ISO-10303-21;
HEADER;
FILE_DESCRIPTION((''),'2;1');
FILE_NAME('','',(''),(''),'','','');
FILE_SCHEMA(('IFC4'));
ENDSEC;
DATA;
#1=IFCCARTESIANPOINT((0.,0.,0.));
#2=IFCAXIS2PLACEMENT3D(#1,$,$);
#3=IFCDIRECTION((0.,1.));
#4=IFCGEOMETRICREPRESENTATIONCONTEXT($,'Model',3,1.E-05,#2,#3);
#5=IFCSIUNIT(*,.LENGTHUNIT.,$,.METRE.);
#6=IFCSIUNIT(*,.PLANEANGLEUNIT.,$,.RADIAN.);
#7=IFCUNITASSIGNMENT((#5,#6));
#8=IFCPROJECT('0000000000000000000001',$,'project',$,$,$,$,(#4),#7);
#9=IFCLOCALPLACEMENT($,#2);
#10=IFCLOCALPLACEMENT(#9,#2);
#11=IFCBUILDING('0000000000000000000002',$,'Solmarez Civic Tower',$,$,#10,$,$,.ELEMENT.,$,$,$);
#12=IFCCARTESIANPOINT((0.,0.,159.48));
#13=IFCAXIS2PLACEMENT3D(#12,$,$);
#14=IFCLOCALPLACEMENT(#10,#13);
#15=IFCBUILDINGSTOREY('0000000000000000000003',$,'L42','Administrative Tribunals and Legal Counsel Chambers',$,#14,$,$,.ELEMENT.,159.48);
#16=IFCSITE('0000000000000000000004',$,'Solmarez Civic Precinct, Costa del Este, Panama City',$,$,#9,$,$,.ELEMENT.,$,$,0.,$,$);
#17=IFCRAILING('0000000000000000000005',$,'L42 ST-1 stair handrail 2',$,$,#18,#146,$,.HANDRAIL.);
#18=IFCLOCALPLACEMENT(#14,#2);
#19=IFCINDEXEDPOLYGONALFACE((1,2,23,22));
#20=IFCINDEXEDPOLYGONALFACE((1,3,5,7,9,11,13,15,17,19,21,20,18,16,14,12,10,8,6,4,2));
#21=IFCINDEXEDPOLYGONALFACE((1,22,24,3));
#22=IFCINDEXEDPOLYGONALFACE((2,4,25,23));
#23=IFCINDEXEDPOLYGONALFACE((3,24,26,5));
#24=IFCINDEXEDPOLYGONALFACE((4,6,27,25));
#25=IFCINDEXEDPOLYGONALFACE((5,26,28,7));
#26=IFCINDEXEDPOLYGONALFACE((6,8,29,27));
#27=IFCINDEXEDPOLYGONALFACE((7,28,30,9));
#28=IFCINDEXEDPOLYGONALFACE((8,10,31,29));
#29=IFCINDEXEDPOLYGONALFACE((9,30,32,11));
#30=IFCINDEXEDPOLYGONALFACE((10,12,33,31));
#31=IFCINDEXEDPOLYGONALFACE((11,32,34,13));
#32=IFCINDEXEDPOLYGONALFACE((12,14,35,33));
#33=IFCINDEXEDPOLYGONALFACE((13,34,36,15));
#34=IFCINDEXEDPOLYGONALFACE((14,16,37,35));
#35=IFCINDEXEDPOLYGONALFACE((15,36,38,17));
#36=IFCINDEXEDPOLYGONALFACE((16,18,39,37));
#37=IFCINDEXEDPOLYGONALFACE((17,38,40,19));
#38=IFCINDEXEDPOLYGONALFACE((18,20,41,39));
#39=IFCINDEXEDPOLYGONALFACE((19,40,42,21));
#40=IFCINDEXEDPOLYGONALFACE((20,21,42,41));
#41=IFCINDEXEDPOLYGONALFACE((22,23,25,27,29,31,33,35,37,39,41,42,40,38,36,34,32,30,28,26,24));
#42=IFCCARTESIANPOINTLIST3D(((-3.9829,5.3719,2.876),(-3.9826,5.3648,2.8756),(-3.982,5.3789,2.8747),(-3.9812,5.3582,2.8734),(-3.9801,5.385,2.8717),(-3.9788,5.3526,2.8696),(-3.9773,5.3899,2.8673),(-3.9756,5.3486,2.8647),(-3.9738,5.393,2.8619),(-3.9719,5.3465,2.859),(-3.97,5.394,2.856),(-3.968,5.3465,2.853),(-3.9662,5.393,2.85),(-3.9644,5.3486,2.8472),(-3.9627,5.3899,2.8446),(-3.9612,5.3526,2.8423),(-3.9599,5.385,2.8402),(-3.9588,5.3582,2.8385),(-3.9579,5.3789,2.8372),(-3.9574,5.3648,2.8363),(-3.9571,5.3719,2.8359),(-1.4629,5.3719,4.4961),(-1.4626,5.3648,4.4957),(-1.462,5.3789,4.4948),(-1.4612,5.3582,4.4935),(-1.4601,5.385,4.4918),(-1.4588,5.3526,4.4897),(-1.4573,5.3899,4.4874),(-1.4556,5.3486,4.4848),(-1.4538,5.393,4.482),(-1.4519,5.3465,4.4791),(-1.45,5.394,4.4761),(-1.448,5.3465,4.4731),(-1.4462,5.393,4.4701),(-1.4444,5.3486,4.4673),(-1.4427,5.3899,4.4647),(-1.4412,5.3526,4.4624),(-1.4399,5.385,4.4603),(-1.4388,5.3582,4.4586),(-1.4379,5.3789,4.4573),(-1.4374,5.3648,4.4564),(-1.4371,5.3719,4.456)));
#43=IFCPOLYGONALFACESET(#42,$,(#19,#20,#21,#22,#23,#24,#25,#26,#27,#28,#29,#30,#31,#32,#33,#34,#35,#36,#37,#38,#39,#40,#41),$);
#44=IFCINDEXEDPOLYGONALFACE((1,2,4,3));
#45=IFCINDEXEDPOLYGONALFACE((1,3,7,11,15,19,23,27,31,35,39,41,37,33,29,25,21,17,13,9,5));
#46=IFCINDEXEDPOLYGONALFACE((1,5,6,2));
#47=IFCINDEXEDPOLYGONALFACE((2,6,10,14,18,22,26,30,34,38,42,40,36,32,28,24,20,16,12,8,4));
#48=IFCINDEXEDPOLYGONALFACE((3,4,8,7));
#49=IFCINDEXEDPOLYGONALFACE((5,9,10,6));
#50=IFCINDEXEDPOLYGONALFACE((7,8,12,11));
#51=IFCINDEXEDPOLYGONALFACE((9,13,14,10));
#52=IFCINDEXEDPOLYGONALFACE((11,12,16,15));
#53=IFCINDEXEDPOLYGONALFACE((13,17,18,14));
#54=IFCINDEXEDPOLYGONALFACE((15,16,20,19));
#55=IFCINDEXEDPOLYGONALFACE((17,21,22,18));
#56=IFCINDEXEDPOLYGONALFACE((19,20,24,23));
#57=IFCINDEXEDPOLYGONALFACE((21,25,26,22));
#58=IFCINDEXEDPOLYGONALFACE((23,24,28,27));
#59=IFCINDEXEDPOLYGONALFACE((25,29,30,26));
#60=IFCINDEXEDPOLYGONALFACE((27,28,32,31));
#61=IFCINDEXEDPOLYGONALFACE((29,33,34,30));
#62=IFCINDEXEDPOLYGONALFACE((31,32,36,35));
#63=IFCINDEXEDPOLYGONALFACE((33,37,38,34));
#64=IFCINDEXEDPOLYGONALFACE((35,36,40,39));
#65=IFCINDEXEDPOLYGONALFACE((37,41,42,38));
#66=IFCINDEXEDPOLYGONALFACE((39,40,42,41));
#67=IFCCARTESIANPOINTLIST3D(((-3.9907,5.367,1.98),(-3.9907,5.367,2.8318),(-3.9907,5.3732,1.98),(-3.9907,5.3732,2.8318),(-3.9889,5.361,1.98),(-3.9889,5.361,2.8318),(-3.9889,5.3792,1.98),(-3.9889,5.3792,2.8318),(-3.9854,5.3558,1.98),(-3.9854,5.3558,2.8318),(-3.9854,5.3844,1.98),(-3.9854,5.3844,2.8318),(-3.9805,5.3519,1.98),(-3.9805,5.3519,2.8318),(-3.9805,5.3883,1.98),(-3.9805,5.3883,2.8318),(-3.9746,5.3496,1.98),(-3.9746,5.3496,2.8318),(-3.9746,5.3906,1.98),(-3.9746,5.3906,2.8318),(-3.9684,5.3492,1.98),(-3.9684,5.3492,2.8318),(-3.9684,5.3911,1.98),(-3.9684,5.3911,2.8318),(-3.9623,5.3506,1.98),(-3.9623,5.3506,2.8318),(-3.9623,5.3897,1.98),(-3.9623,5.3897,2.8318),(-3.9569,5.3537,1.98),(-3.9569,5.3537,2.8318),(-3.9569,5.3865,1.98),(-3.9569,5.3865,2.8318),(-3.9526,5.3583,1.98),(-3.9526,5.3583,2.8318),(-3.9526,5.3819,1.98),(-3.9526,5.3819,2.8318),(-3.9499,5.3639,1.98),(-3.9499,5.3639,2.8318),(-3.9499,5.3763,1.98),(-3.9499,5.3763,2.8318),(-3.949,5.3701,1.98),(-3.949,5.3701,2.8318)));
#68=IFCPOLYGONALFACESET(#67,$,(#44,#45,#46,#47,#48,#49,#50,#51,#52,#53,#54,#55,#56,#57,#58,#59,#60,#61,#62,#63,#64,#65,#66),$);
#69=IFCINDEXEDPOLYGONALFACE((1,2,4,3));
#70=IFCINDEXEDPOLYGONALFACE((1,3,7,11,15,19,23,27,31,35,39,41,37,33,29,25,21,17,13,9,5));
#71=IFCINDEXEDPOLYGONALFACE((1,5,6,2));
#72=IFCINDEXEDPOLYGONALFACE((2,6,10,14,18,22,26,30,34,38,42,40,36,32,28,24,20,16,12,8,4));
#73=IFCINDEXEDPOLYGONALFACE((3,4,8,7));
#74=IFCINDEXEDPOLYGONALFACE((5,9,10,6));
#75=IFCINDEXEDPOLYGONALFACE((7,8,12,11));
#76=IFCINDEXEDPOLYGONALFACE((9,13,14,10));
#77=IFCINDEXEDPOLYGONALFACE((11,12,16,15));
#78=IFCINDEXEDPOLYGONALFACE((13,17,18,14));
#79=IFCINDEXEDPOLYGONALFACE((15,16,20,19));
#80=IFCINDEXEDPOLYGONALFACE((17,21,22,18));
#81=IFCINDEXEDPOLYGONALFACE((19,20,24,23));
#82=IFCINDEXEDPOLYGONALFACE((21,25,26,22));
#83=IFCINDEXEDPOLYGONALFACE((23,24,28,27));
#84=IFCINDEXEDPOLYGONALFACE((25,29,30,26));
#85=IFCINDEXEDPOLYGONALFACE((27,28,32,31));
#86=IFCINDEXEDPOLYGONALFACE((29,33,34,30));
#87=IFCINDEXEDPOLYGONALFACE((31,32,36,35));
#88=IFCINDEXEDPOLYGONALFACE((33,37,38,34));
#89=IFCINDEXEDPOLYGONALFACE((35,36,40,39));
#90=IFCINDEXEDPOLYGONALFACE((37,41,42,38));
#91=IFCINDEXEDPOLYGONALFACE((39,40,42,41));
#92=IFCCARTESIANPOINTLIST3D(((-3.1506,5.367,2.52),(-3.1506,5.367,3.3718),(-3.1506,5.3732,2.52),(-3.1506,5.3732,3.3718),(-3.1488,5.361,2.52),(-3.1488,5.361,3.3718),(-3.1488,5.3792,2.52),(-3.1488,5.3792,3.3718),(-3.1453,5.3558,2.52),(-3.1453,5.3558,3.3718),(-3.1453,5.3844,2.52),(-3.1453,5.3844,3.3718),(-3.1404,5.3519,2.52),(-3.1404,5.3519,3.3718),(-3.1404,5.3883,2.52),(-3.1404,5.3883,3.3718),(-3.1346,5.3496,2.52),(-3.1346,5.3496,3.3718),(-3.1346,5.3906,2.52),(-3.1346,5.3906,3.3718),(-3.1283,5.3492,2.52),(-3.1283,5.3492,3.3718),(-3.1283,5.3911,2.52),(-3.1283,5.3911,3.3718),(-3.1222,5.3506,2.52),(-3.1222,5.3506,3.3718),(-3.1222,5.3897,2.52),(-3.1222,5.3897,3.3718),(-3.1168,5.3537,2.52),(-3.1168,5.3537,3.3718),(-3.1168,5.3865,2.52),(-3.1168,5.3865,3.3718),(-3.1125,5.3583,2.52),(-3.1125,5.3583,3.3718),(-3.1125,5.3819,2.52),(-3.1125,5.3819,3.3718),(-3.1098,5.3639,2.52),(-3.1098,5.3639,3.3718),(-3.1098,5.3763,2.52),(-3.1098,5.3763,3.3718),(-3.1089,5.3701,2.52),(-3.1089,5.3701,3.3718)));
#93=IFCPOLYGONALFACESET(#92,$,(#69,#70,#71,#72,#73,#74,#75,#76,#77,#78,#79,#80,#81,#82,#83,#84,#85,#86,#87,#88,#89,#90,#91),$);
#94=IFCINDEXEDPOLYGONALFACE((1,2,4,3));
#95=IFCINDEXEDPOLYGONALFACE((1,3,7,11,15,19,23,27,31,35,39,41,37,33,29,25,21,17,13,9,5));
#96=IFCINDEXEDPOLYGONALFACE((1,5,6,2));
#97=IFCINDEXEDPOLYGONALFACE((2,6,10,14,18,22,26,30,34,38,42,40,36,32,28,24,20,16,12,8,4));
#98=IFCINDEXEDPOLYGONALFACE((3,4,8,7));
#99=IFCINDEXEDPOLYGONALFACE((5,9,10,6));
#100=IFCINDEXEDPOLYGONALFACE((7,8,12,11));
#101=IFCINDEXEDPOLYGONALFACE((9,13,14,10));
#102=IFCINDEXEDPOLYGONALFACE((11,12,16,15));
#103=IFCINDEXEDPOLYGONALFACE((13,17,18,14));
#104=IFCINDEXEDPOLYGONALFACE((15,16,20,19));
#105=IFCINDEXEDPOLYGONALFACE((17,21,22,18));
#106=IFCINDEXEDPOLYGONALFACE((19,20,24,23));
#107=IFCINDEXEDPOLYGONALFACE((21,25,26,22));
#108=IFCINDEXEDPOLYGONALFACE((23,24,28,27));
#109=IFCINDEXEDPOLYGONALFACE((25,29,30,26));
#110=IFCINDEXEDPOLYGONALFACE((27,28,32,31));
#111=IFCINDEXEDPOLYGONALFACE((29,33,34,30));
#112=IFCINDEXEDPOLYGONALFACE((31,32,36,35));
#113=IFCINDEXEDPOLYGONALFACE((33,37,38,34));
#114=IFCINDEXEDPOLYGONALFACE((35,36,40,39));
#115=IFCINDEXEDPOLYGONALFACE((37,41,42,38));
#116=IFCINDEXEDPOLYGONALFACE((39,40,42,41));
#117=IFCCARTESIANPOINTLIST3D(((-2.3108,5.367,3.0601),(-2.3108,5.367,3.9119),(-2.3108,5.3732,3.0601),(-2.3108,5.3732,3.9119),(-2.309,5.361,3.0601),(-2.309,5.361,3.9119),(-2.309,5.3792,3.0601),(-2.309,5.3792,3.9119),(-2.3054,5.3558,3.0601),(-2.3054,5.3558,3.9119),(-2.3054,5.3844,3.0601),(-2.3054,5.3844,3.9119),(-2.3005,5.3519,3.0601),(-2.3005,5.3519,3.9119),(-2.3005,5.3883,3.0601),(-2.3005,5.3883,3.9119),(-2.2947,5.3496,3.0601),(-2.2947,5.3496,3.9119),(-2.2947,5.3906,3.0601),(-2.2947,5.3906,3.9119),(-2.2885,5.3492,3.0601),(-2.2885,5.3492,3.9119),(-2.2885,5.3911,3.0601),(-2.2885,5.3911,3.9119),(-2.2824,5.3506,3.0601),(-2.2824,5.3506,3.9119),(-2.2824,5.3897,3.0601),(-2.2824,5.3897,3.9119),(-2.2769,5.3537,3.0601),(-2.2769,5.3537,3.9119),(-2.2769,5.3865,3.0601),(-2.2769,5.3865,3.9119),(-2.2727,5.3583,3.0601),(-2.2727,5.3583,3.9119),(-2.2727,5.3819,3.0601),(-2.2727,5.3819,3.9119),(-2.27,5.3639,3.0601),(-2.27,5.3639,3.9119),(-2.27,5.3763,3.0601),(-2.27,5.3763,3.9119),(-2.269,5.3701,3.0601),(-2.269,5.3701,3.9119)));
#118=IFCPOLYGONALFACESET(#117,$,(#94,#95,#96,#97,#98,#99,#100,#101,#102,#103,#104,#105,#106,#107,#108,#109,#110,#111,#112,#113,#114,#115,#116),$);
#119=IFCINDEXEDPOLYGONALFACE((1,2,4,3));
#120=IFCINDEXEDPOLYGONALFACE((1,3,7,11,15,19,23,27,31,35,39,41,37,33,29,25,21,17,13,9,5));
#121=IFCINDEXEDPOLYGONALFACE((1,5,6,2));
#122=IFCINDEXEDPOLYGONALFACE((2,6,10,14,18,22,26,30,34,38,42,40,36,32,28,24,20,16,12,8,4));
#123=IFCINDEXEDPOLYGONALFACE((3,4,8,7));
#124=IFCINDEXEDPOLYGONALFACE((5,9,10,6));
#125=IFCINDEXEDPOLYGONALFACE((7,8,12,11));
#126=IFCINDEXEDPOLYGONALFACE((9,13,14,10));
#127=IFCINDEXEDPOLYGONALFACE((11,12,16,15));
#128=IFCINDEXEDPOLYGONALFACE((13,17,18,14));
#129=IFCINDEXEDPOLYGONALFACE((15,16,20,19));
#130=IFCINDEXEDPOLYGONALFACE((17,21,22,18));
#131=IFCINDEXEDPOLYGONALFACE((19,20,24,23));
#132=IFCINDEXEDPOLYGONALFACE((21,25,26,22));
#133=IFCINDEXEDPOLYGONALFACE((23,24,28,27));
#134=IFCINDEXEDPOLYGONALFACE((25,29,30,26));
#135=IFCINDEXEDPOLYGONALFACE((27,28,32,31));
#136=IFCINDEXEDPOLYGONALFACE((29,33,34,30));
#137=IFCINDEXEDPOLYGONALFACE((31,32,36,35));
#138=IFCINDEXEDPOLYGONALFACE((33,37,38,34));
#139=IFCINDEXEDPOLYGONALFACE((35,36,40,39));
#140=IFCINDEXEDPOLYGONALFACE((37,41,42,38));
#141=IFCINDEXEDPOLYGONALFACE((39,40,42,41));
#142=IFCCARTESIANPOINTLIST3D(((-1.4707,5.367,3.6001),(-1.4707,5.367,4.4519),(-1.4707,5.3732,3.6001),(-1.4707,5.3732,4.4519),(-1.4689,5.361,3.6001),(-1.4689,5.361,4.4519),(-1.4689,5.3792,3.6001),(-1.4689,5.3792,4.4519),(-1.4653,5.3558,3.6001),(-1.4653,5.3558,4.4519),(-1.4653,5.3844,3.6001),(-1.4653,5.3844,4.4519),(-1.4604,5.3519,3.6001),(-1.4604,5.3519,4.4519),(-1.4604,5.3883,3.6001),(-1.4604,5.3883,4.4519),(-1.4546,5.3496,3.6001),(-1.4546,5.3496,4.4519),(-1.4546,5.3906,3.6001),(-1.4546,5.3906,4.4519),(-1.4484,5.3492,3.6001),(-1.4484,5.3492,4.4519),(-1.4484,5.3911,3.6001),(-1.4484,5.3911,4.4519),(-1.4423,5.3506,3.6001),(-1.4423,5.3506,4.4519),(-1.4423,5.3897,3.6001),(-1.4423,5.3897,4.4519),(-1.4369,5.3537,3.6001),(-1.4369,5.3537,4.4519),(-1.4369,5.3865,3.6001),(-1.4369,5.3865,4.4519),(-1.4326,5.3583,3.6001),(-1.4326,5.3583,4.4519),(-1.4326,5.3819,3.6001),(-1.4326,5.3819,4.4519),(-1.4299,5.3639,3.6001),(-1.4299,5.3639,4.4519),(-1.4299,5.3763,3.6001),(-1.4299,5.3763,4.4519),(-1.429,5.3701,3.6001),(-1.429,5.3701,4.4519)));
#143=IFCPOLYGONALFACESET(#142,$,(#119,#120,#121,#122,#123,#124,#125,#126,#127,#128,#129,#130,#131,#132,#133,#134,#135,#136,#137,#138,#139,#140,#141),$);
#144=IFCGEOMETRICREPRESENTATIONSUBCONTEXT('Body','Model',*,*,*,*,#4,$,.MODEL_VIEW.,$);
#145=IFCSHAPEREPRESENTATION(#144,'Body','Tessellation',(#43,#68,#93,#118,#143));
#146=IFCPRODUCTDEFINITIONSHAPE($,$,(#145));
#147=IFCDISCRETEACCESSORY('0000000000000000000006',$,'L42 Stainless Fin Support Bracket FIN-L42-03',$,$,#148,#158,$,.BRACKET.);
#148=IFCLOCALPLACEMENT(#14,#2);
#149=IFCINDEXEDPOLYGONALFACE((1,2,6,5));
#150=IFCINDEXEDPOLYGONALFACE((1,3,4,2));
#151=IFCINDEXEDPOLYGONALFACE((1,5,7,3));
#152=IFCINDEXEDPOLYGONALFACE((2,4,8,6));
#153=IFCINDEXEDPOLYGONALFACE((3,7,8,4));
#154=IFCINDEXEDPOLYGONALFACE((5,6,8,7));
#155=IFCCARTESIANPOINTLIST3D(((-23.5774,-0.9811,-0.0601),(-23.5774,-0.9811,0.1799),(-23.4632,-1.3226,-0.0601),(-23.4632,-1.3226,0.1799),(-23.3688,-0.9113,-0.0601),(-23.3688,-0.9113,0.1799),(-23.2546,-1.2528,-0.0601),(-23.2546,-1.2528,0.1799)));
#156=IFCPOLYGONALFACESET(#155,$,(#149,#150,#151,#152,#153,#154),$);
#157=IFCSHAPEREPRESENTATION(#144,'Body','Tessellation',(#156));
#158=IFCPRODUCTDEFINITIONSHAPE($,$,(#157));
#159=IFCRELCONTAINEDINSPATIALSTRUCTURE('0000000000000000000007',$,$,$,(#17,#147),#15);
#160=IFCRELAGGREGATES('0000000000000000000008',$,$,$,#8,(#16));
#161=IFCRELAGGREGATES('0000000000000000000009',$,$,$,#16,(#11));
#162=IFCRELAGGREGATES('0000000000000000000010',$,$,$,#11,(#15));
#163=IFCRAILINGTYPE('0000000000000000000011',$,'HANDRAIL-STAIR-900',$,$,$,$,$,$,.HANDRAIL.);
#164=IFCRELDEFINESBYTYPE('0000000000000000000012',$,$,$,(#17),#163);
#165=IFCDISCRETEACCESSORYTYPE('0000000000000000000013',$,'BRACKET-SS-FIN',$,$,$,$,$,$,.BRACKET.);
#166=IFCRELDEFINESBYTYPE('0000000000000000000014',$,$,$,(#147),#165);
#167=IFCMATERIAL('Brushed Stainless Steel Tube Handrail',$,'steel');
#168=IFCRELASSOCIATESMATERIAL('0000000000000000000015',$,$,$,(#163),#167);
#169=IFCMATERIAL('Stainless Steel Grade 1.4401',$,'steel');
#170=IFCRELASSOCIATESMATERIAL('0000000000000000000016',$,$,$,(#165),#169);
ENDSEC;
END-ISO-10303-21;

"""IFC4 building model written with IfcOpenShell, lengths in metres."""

from ifc_helpers import new_model, si_unit, direction, frame, origin, origin_2d, place, context, subcontext, project, spatial, rectangle, circle, extrude, material, type_object, element, save


model = new_model("IFC4")

# Units and contexts
model_context = context("Model", 3, precision=1e-05, world=origin(), true_north=direction((0.0, 1.0)))
body_context = subcontext(model_context, "Body", "Model", "MODEL_VIEW")
ifc_project = project(units=[si_unit("LENGTHUNIT", "METRE"), si_unit("PLANEANGLEUNIT", "RADIAN")], contexts=[model_context])

# Site, building, storey
site_placement = place(None, origin())
site = spatial("IfcSite", under=ifc_project, at=site_placement, Name="Solmarez Civic Precinct, Costa del Este, Panama City", CompositionType="ELEMENT", RefElevation=0.0)
building_placement = place(site_placement, origin())
building = spatial("IfcBuilding", under=site, at=building_placement, Name="Solmarez Civic Tower", CompositionType="ELEMENT")
storey_placement = place(building_placement, frame((0.0, 0.0, 159.48)))
storey = spatial("IfcBuildingStorey", under=building, at=storey_placement, Name="L42", Description="Administrative Tribunals and Legal Counsel Chambers", CompositionType="ELEMENT", Elevation=159.48)

# Railing
ifc_material_1 = material(Name="Brushed Stainless Steel Tube Handrail", Category="steel")
railing_type_1 = type_object("IfcRailingType", Name="HANDRAIL-STAIR-900", PredefinedType="HANDRAIL", material=ifc_material_1)
railing_1_placement = place(storey_placement, frame((-3.97, 5.3701, 1.98)))
element("IfcRailing", 1, at=railing_1_placement, inside=storey, type_object=railing_type_1, Name="L42 ST-1 stair handrail 2", PredefinedType="HANDRAIL", context=body_context, shape_type="SweptSolid", body=[
    extrude(circle(Radius=0.0239, at=origin_2d()), frame((0.0, 0.0, 0.876), z_axis=(0.841163, 0.0, 0.540782), x_axis=(0.0, 1.0, 0.0)), (0.0, 0.0, 1.0), 2.9958),
    extrude(circle(Radius=0.021, at=origin_2d()), origin(), (0.0, 0.0, 1.0), 0.8518),
    extrude(circle(Radius=0.021, at=origin_2d()), frame((0.8401, 0.0, 0.54)), (0.0, 0.0, 1.0), 0.8518),
    extrude(circle(Radius=0.021, at=origin_2d()), frame((1.6799, 0.0, 1.0801)), (0.0, 0.0, 1.0), 0.8518),
    extrude(circle(Radius=0.021, at=origin_2d()), frame((2.52, 0.0, 1.6201)), (0.0, 0.0, 1.0), 0.8518),
])

# Discrete accessory
ifc_material_2 = material(Name="Stainless Steel Grade 1.4401", Category="steel")
discrete_accessory_type = type_object("IfcDiscreteAccessoryType", Name="BRACKET-SS-FIN", PredefinedType="BRACKET", material=ifc_material_2)
discrete_accessory_placement = place(storey_placement, frame((-23.416, -1.1169, -0.0601), z_axis=(0.0, 0.0, 1.0), x_axis=(-0.317267, 0.948336, 0.0)))
element("IfcDiscreteAccessory", 2, at=discrete_accessory_placement, inside=storey, type_object=discrete_accessory_type, Name="L42 Stainless Fin Support Bracket FIN-L42-03", PredefinedType="BRACKET", context=body_context, shape_type="SweptSolid", body=[
    extrude(rectangle(XDim=0.3601, YDim=0.22, at=origin_2d()), origin(), (0.0, 0.0, 1.0), 0.24),
])

save(model, "model.ifc")
